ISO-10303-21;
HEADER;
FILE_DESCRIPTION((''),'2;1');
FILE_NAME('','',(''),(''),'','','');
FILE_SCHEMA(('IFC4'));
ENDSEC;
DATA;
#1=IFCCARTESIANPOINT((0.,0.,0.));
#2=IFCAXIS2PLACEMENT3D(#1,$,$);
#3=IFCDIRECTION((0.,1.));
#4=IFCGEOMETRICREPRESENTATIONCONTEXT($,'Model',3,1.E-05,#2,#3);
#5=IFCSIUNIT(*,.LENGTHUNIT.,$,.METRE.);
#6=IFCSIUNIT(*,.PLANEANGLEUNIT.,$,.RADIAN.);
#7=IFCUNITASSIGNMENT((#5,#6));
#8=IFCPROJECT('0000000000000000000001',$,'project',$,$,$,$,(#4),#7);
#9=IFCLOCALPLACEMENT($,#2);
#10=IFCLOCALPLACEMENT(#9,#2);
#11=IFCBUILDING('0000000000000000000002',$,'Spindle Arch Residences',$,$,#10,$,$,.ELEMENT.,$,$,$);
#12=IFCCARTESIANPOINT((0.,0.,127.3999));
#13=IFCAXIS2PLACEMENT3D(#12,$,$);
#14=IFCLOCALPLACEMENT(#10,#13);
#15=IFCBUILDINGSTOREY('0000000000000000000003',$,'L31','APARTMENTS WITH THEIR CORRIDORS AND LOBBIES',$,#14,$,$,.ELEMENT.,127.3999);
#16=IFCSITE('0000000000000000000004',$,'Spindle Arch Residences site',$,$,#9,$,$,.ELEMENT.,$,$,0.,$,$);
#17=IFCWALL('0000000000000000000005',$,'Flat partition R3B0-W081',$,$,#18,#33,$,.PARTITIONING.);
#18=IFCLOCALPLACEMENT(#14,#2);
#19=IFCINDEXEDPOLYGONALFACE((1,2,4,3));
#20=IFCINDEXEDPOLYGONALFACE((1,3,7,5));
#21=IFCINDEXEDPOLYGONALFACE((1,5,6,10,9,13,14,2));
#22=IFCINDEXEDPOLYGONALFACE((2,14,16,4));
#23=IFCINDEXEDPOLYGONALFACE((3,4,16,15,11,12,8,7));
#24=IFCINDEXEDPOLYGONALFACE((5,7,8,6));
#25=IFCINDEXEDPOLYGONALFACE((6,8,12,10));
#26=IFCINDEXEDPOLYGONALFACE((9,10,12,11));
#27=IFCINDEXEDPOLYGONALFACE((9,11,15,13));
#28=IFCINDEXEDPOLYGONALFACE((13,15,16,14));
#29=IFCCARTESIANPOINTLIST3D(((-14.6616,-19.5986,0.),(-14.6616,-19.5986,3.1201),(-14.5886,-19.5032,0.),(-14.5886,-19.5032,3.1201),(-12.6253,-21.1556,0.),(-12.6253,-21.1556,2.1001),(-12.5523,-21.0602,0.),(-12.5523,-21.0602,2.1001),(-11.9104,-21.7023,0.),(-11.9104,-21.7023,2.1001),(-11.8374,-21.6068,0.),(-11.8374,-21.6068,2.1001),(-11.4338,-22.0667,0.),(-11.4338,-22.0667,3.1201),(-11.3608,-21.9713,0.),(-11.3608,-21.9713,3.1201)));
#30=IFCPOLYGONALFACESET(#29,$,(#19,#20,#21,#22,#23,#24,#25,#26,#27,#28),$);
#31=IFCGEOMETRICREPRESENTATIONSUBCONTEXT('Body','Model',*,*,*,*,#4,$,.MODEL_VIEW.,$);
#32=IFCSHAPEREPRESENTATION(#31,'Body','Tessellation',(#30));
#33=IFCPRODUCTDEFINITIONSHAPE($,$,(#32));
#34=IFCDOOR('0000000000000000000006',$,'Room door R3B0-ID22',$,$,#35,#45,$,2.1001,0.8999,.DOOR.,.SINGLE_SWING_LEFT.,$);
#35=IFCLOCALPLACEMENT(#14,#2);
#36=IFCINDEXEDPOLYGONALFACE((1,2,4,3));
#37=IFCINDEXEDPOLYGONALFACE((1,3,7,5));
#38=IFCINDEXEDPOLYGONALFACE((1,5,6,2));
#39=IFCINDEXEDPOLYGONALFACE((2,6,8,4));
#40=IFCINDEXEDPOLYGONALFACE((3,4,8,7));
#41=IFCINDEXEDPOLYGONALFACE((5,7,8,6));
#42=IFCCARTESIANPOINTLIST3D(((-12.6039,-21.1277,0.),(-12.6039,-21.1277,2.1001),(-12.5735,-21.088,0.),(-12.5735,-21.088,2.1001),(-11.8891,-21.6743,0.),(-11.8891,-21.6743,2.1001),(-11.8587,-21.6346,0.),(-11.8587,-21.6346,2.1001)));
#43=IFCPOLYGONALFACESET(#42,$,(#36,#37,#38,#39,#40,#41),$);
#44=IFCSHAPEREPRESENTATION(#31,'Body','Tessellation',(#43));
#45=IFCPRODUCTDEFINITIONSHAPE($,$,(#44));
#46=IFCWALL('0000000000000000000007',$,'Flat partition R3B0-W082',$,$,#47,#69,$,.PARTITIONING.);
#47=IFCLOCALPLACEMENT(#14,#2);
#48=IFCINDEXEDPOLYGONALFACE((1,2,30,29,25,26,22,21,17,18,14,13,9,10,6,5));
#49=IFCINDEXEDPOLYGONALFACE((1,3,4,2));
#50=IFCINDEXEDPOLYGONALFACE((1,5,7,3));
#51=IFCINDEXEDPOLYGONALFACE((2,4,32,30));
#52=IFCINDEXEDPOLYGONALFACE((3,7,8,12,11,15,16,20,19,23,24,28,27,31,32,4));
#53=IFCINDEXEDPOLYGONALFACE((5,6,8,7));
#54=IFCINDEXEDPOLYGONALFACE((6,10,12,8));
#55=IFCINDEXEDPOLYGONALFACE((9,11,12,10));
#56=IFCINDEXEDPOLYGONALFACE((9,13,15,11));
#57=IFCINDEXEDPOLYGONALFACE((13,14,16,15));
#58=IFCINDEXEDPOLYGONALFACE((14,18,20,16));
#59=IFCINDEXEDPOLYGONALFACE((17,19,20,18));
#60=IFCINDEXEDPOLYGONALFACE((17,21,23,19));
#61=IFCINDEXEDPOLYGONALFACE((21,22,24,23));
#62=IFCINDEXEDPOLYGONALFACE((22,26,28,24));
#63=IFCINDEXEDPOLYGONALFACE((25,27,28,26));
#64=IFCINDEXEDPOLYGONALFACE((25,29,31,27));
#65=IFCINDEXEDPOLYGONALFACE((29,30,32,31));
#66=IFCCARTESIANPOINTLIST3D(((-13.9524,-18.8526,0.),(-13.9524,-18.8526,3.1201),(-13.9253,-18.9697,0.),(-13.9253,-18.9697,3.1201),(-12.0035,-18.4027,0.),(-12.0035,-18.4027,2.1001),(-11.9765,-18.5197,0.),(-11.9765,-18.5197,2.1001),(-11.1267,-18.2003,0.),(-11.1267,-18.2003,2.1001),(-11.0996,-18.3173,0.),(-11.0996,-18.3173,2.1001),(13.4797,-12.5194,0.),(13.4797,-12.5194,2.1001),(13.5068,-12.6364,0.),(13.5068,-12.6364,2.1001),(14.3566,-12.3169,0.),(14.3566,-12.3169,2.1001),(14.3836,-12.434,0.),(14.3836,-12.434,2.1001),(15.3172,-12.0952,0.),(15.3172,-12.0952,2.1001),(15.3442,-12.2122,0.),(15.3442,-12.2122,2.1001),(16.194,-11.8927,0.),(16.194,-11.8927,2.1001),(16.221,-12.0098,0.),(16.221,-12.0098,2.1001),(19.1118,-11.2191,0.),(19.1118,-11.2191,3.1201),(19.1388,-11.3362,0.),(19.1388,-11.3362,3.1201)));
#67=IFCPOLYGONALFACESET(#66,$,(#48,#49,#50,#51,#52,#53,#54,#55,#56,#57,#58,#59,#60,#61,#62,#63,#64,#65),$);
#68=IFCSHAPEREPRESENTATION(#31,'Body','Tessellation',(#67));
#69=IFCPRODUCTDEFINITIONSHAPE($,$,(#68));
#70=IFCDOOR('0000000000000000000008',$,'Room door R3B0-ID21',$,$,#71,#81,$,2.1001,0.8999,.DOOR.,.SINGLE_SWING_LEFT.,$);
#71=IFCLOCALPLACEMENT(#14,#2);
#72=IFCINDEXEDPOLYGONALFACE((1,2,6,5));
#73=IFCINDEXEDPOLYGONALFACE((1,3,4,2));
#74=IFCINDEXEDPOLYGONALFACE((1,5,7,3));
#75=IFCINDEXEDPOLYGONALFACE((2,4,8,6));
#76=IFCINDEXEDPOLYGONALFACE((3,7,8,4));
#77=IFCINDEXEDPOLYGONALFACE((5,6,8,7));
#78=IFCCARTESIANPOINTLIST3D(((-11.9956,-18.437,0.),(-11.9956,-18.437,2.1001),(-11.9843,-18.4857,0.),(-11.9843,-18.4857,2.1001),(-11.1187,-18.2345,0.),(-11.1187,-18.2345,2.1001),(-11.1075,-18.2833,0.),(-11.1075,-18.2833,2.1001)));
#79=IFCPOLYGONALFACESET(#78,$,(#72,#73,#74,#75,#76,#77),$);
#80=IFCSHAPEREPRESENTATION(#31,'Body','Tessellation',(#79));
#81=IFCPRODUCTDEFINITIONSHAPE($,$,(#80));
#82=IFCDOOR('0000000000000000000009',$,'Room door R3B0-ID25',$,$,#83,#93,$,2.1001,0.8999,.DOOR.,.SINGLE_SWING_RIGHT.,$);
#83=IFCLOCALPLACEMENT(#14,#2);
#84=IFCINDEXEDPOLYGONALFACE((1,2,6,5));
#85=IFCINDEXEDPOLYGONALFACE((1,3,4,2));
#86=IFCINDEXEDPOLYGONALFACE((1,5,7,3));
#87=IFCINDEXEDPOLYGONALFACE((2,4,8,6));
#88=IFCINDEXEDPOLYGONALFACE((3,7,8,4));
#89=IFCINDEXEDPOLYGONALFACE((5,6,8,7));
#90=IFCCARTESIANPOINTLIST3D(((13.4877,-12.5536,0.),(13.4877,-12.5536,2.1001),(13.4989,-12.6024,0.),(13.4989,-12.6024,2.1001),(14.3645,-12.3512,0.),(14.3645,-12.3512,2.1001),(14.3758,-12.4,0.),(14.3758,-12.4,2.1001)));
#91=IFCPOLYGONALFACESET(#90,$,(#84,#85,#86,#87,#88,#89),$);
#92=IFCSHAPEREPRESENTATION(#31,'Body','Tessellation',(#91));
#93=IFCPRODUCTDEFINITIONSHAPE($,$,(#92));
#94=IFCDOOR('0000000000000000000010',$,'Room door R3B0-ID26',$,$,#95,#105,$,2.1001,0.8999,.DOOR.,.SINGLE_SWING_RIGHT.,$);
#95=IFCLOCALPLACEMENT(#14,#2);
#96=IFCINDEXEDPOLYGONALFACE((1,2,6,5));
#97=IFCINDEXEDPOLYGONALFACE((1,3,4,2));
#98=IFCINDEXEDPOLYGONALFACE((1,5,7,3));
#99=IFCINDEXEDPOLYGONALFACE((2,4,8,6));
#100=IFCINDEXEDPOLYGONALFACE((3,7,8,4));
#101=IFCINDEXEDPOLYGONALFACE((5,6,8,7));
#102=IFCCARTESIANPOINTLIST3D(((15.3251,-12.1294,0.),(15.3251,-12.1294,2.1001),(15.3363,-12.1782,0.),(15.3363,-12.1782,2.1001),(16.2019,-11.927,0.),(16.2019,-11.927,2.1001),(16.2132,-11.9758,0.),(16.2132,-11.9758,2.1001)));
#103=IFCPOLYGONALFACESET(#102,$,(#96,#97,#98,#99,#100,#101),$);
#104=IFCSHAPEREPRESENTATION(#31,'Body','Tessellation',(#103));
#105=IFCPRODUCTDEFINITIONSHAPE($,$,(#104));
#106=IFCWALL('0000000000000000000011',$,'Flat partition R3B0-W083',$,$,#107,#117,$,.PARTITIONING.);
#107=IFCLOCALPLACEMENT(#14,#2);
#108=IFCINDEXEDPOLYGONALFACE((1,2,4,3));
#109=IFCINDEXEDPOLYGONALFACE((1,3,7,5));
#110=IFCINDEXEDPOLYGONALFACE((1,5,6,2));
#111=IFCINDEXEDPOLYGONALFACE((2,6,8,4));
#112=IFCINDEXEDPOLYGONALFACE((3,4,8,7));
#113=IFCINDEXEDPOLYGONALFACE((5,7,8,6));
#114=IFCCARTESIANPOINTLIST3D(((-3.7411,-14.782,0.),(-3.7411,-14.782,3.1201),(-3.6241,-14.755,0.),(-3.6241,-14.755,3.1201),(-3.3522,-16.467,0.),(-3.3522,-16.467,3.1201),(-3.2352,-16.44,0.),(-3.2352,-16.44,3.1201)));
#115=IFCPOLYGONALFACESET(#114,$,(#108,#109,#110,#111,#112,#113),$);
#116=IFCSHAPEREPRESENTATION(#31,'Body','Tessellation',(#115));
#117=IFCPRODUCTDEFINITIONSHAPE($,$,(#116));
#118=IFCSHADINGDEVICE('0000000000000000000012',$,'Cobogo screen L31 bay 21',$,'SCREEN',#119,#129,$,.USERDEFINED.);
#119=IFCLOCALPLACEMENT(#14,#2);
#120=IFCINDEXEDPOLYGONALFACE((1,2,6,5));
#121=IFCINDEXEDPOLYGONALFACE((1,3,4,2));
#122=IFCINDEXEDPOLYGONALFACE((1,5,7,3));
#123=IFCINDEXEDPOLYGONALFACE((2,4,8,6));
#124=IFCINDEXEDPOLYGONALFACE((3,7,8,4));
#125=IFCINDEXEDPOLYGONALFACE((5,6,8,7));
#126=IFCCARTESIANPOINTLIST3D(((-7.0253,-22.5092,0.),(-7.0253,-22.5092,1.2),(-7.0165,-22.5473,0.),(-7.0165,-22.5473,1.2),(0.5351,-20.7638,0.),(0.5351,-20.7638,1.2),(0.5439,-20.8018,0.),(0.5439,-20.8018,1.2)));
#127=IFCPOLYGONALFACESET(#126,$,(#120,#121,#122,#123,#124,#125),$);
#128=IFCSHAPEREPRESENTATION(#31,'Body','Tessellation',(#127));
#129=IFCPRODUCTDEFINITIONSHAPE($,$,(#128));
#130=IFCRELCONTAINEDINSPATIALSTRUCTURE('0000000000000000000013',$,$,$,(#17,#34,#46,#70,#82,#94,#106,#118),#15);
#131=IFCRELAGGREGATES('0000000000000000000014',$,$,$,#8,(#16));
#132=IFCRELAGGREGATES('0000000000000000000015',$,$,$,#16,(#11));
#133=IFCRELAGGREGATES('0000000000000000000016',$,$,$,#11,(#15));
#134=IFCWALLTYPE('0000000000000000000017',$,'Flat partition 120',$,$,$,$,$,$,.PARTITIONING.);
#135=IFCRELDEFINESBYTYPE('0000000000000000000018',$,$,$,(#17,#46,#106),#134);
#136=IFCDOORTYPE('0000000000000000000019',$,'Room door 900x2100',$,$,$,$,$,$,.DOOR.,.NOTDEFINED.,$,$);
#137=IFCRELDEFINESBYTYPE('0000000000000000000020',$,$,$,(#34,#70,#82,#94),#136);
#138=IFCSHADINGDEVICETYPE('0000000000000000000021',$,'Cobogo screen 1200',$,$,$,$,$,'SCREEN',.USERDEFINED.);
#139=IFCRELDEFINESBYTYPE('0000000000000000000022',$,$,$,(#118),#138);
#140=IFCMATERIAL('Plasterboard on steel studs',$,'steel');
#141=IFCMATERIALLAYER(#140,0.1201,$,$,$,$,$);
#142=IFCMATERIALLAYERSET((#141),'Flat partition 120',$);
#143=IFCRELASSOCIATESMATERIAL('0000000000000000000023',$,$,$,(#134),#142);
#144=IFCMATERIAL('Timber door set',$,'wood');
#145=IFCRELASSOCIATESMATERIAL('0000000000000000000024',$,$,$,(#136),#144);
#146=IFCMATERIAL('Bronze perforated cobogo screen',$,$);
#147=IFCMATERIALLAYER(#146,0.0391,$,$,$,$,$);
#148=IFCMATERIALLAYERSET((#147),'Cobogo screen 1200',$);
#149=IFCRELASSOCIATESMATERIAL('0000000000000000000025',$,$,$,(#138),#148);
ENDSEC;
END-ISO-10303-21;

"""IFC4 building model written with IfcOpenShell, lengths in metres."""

from ifc_helpers import new_model, si_unit, direction, frame, frame_2d, origin, origin_2d, place, context, subcontext, project, spatial, rectangle, extrude, material, layer, layer_set, type_object, element, fill, save


model = new_model("IFC4")

# Units and contexts
model_context = context("Model", 3, precision=1e-05, world=origin(), true_north=direction((0.0, 1.0)))
body_context = subcontext(model_context, "Body", "Model", "MODEL_VIEW")
ifc_project = project(units=[si_unit("LENGTHUNIT", "METRE"), si_unit("PLANEANGLEUNIT", "RADIAN")], contexts=[model_context])

# Site, building, storey
site_placement = place(None, origin())
site = spatial("IfcSite", under=ifc_project, at=site_placement, Name="Spindle Arch Residences site", CompositionType="ELEMENT", RefElevation=0.0)
building_placement = place(site_placement, origin())
building = spatial("IfcBuilding", under=site, at=building_placement, Name="Spindle Arch Residences", CompositionType="ELEMENT")
storey_placement = place(building_placement, frame((0.0, 0.0, 127.3999)))
storey = spatial("IfcBuildingStorey", under=building, at=storey_placement, Name="L31", Description="APARTMENTS WITH THEIR CORRIDORS AND LOBBIES", CompositionType="ELEMENT", Elevation=127.3999)

# Wall, opening, door
ifc_material_1 = material(Name="Plasterboard on steel studs", Category="steel")
ifc_layer_1 = layer(ifc_material_1, 0.1201)
ifc_layer_set_1 = layer_set([ifc_layer_1], Name="Flat partition 120")
wall_type_1 = type_object("IfcWallType", Name="Flat partition 120", PredefinedType="PARTITIONING", material=ifc_layer_set_1)
ifc_material_2 = material(Name="Timber door set", Category="wood")
door_type_1 = type_object("IfcDoorType", Name="Room door 900x2100", OperationType="NOTDEFINED", PredefinedType="DOOR", material=ifc_material_2)
wall_1_placement = place(storey_placement, frame((-11.3972, -22.019, 0.0), z_axis=(0.0, 0.0, 1.0), x_axis=(-0.794392, 0.607406, 0.0)))
wall_1 = element("IfcWall", 1, at=wall_1_placement, inside=storey, type_object=wall_type_1, Name="Flat partition R3B0-W081", PredefinedType="PARTITIONING", context=body_context, shape_type="SweptSolid", body=[
    extrude(rectangle(XDim=4.0632, YDim=0.1201, at=frame_2d((2.0317, 0.0))), origin(), (0.0, 0.0, 1.0), 3.1201),
])
opening_1_placement = place(wall_1_placement, frame((0.6001, 0.0, 0.0)))
opening_1 = element("IfcOpeningElement", 2, at=opening_1_placement, cuts=wall_1, PredefinedType="OPENING", context=body_context, shape_type="SweptSolid", body=[
    extrude(rectangle(XDim=0.8999, YDim=2.1001, at=frame_2d((0.45, 1.05))), frame((0.0, 0.0701, 0.0), z_axis=(0.0, -1.0, 0.0), x_axis=(1.0, 0.0, 0.0)), (0.0, 0.0, 1.0), 0.1401),
])
door_1_placement = place(opening_1_placement, origin())
door_1 = element("IfcDoor", 3, at=door_1_placement, inside=storey, type_object=door_type_1, Name="Room door R3B0-ID22", OperationType="SINGLE_SWING_LEFT", OverallHeight=2.1001, OverallWidth=0.8999, PredefinedType="DOOR", context=body_context, shape_type="SweptSolid", body=[
    extrude(rectangle(XDim=0.8999, YDim=2.1001, at=frame_2d((0.45, 1.05))), frame((0.0, 0.0249, 0.0), z_axis=(0.0, -1.0, 0.0), x_axis=(1.0, 0.0, 0.0)), (0.0, 0.0, 1.0), 0.05),
])
fill(opening_1, door_1)

# Wall, openings, doors
wall_2_placement = place(storey_placement, frame((-13.9387, -18.9111, 0.0), z_axis=(0.0, 0.0, 1.0), x_axis=(0.97437, 0.224953, 0.0)))
wall_2 = element("IfcWall", 4, at=wall_2_placement, inside=storey, type_object=wall_type_1, Name="Flat partition R3B0-W082", PredefinedType="PARTITIONING", context=body_context, shape_type="SweptSolid", body=[
    extrude(rectangle(XDim=33.9338, YDim=0.1201, at=frame_2d((16.9668, 0.0))), origin(), (0.0, 0.0, 1.0), 3.1201),
])
opening_2_placement = place(wall_2_placement, frame((2.0, 0.0, 0.0)))
opening_2 = element("IfcOpeningElement", 5, at=opening_2_placement, cuts=wall_2, PredefinedType="OPENING", context=body_context, shape_type="SweptSolid", body=[
    extrude(rectangle(XDim=0.8999, YDim=2.1001, at=frame_2d((0.45, 1.05))), frame((0.0, 0.0701, 0.0), z_axis=(0.0, -1.0, 0.0), x_axis=(1.0, 0.0, 0.0)), (0.0, 0.0, 1.0), 0.1401),
])
opening_3_placement = place(wall_2_placement, frame((28.1536, 0.0, 0.0)))
opening_3 = element("IfcOpeningElement", 6, at=opening_3_placement, cuts=wall_2, PredefinedType="OPENING", context=body_context, shape_type="SweptSolid", body=[
    extrude(rectangle(XDim=0.8999, YDim=2.1001, at=frame_2d((0.45, 1.05))), frame((0.0, 0.0701, 0.0), z_axis=(0.0, -1.0, 0.0), x_axis=(1.0, 0.0, 0.0)), (0.0, 0.0, 1.0), 0.1401),
])
opening_4_placement = place(wall_2_placement, frame((30.0393, 0.0, 0.0)))
opening_4 = element("IfcOpeningElement", 7, at=opening_4_placement, cuts=wall_2, PredefinedType="OPENING", context=body_context, shape_type="SweptSolid", body=[
    extrude(rectangle(XDim=0.8999, YDim=2.1001, at=frame_2d((0.45, 1.05))), frame((0.0, 0.0701, 0.0), z_axis=(0.0, -1.0, 0.0), x_axis=(1.0, 0.0, 0.0)), (0.0, 0.0, 1.0), 0.1401),
])
door_2_placement = place(opening_2_placement, origin())
door_2 = element("IfcDoor", 8, at=door_2_placement, inside=storey, type_object=door_type_1, Name="Room door R3B0-ID21", OperationType="SINGLE_SWING_LEFT", OverallHeight=2.1001, OverallWidth=0.8999, PredefinedType="DOOR", context=body_context, shape_type="SweptSolid", body=[
    extrude(rectangle(XDim=0.8999, YDim=2.1001, at=frame_2d((0.45, 1.05))), frame((0.0, 0.0249, 0.0), z_axis=(0.0, -1.0, 0.0), x_axis=(1.0, 0.0, 0.0)), (0.0, 0.0, 1.0), 0.05),
])
fill(opening_2, door_2)
door_3_placement = place(opening_3_placement, origin())
door_3 = element("IfcDoor", 9, at=door_3_placement, inside=storey, type_object=door_type_1, Name="Room door R3B0-ID25", OperationType="SINGLE_SWING_RIGHT", OverallHeight=2.1001, OverallWidth=0.8999, PredefinedType="DOOR", context=body_context, shape_type="SweptSolid", body=[
    extrude(rectangle(XDim=0.8999, YDim=2.1001, at=frame_2d((0.45, 1.05))), frame((0.0, 0.0249, 0.0), z_axis=(0.0, -1.0, 0.0), x_axis=(1.0, 0.0, 0.0)), (0.0, 0.0, 1.0), 0.05),
])
fill(opening_3, door_3)
door_4_placement = place(opening_4_placement, origin())
door_4 = element("IfcDoor", 10, at=door_4_placement, inside=storey, type_object=door_type_1, Name="Room door R3B0-ID26", OperationType="SINGLE_SWING_RIGHT", OverallHeight=2.1001, OverallWidth=0.8999, PredefinedType="DOOR", context=body_context, shape_type="SweptSolid", body=[
    extrude(rectangle(XDim=0.8999, YDim=2.1001, at=frame_2d((0.45, 1.05))), frame((0.0, 0.0249, 0.0), z_axis=(0.0, -1.0, 0.0), x_axis=(1.0, 0.0, 0.0)), (0.0, 0.0, 1.0), 0.05),
])
fill(opening_4, door_4)

# Wall
wall_3_placement = place(storey_placement, frame((-3.2937, -16.4536, 0.0), z_axis=(0.0, 0.0, 1.0), x_axis=(-0.22489, 0.974384, 0.0)))
element("IfcWall", 11, at=wall_3_placement, inside=storey, type_object=wall_type_1, Name="Flat partition R3B0-W083", PredefinedType="PARTITIONING", context=body_context, shape_type="SweptSolid", body=[
    extrude(rectangle(XDim=1.7292, YDim=0.1201, at=frame_2d((0.8647, 0.0))), origin(), (0.0, 0.0, 1.0), 3.1201),
])

# Shading device
ifc_material_3 = material(Name="Bronze perforated cobogo screen")
ifc_layer_2 = layer(ifc_material_3, 0.0391)
ifc_layer_set_2 = layer_set([ifc_layer_2], Name="Cobogo screen 1200")
shading_device_type = type_object("IfcShadingDeviceType", Name="Cobogo screen 1200", ElementType="SCREEN", PredefinedType="USERDEFINED", material=ifc_layer_set_2)
shading_device_placement = place(storey_placement, frame((-3.2407, -21.6555, 0.0), z_axis=(0.0, 0.0, 1.0), x_axis=(0.97437, 0.224951, 0.0)))
element("IfcShadingDevice", 12, at=shading_device_placement, inside=storey, type_object=shading_device_type, Name="Cobogo screen L31 bay 21", ObjectType="SCREEN", PredefinedType="USERDEFINED", context=body_context, shape_type="SweptSolid", body=[
    extrude(rectangle(XDim=7.7593, YDim=0.0391, at=origin_2d()), origin(), (0.0, 0.0, 1.0), 1.2),
])

save(model, "model.ifc")
